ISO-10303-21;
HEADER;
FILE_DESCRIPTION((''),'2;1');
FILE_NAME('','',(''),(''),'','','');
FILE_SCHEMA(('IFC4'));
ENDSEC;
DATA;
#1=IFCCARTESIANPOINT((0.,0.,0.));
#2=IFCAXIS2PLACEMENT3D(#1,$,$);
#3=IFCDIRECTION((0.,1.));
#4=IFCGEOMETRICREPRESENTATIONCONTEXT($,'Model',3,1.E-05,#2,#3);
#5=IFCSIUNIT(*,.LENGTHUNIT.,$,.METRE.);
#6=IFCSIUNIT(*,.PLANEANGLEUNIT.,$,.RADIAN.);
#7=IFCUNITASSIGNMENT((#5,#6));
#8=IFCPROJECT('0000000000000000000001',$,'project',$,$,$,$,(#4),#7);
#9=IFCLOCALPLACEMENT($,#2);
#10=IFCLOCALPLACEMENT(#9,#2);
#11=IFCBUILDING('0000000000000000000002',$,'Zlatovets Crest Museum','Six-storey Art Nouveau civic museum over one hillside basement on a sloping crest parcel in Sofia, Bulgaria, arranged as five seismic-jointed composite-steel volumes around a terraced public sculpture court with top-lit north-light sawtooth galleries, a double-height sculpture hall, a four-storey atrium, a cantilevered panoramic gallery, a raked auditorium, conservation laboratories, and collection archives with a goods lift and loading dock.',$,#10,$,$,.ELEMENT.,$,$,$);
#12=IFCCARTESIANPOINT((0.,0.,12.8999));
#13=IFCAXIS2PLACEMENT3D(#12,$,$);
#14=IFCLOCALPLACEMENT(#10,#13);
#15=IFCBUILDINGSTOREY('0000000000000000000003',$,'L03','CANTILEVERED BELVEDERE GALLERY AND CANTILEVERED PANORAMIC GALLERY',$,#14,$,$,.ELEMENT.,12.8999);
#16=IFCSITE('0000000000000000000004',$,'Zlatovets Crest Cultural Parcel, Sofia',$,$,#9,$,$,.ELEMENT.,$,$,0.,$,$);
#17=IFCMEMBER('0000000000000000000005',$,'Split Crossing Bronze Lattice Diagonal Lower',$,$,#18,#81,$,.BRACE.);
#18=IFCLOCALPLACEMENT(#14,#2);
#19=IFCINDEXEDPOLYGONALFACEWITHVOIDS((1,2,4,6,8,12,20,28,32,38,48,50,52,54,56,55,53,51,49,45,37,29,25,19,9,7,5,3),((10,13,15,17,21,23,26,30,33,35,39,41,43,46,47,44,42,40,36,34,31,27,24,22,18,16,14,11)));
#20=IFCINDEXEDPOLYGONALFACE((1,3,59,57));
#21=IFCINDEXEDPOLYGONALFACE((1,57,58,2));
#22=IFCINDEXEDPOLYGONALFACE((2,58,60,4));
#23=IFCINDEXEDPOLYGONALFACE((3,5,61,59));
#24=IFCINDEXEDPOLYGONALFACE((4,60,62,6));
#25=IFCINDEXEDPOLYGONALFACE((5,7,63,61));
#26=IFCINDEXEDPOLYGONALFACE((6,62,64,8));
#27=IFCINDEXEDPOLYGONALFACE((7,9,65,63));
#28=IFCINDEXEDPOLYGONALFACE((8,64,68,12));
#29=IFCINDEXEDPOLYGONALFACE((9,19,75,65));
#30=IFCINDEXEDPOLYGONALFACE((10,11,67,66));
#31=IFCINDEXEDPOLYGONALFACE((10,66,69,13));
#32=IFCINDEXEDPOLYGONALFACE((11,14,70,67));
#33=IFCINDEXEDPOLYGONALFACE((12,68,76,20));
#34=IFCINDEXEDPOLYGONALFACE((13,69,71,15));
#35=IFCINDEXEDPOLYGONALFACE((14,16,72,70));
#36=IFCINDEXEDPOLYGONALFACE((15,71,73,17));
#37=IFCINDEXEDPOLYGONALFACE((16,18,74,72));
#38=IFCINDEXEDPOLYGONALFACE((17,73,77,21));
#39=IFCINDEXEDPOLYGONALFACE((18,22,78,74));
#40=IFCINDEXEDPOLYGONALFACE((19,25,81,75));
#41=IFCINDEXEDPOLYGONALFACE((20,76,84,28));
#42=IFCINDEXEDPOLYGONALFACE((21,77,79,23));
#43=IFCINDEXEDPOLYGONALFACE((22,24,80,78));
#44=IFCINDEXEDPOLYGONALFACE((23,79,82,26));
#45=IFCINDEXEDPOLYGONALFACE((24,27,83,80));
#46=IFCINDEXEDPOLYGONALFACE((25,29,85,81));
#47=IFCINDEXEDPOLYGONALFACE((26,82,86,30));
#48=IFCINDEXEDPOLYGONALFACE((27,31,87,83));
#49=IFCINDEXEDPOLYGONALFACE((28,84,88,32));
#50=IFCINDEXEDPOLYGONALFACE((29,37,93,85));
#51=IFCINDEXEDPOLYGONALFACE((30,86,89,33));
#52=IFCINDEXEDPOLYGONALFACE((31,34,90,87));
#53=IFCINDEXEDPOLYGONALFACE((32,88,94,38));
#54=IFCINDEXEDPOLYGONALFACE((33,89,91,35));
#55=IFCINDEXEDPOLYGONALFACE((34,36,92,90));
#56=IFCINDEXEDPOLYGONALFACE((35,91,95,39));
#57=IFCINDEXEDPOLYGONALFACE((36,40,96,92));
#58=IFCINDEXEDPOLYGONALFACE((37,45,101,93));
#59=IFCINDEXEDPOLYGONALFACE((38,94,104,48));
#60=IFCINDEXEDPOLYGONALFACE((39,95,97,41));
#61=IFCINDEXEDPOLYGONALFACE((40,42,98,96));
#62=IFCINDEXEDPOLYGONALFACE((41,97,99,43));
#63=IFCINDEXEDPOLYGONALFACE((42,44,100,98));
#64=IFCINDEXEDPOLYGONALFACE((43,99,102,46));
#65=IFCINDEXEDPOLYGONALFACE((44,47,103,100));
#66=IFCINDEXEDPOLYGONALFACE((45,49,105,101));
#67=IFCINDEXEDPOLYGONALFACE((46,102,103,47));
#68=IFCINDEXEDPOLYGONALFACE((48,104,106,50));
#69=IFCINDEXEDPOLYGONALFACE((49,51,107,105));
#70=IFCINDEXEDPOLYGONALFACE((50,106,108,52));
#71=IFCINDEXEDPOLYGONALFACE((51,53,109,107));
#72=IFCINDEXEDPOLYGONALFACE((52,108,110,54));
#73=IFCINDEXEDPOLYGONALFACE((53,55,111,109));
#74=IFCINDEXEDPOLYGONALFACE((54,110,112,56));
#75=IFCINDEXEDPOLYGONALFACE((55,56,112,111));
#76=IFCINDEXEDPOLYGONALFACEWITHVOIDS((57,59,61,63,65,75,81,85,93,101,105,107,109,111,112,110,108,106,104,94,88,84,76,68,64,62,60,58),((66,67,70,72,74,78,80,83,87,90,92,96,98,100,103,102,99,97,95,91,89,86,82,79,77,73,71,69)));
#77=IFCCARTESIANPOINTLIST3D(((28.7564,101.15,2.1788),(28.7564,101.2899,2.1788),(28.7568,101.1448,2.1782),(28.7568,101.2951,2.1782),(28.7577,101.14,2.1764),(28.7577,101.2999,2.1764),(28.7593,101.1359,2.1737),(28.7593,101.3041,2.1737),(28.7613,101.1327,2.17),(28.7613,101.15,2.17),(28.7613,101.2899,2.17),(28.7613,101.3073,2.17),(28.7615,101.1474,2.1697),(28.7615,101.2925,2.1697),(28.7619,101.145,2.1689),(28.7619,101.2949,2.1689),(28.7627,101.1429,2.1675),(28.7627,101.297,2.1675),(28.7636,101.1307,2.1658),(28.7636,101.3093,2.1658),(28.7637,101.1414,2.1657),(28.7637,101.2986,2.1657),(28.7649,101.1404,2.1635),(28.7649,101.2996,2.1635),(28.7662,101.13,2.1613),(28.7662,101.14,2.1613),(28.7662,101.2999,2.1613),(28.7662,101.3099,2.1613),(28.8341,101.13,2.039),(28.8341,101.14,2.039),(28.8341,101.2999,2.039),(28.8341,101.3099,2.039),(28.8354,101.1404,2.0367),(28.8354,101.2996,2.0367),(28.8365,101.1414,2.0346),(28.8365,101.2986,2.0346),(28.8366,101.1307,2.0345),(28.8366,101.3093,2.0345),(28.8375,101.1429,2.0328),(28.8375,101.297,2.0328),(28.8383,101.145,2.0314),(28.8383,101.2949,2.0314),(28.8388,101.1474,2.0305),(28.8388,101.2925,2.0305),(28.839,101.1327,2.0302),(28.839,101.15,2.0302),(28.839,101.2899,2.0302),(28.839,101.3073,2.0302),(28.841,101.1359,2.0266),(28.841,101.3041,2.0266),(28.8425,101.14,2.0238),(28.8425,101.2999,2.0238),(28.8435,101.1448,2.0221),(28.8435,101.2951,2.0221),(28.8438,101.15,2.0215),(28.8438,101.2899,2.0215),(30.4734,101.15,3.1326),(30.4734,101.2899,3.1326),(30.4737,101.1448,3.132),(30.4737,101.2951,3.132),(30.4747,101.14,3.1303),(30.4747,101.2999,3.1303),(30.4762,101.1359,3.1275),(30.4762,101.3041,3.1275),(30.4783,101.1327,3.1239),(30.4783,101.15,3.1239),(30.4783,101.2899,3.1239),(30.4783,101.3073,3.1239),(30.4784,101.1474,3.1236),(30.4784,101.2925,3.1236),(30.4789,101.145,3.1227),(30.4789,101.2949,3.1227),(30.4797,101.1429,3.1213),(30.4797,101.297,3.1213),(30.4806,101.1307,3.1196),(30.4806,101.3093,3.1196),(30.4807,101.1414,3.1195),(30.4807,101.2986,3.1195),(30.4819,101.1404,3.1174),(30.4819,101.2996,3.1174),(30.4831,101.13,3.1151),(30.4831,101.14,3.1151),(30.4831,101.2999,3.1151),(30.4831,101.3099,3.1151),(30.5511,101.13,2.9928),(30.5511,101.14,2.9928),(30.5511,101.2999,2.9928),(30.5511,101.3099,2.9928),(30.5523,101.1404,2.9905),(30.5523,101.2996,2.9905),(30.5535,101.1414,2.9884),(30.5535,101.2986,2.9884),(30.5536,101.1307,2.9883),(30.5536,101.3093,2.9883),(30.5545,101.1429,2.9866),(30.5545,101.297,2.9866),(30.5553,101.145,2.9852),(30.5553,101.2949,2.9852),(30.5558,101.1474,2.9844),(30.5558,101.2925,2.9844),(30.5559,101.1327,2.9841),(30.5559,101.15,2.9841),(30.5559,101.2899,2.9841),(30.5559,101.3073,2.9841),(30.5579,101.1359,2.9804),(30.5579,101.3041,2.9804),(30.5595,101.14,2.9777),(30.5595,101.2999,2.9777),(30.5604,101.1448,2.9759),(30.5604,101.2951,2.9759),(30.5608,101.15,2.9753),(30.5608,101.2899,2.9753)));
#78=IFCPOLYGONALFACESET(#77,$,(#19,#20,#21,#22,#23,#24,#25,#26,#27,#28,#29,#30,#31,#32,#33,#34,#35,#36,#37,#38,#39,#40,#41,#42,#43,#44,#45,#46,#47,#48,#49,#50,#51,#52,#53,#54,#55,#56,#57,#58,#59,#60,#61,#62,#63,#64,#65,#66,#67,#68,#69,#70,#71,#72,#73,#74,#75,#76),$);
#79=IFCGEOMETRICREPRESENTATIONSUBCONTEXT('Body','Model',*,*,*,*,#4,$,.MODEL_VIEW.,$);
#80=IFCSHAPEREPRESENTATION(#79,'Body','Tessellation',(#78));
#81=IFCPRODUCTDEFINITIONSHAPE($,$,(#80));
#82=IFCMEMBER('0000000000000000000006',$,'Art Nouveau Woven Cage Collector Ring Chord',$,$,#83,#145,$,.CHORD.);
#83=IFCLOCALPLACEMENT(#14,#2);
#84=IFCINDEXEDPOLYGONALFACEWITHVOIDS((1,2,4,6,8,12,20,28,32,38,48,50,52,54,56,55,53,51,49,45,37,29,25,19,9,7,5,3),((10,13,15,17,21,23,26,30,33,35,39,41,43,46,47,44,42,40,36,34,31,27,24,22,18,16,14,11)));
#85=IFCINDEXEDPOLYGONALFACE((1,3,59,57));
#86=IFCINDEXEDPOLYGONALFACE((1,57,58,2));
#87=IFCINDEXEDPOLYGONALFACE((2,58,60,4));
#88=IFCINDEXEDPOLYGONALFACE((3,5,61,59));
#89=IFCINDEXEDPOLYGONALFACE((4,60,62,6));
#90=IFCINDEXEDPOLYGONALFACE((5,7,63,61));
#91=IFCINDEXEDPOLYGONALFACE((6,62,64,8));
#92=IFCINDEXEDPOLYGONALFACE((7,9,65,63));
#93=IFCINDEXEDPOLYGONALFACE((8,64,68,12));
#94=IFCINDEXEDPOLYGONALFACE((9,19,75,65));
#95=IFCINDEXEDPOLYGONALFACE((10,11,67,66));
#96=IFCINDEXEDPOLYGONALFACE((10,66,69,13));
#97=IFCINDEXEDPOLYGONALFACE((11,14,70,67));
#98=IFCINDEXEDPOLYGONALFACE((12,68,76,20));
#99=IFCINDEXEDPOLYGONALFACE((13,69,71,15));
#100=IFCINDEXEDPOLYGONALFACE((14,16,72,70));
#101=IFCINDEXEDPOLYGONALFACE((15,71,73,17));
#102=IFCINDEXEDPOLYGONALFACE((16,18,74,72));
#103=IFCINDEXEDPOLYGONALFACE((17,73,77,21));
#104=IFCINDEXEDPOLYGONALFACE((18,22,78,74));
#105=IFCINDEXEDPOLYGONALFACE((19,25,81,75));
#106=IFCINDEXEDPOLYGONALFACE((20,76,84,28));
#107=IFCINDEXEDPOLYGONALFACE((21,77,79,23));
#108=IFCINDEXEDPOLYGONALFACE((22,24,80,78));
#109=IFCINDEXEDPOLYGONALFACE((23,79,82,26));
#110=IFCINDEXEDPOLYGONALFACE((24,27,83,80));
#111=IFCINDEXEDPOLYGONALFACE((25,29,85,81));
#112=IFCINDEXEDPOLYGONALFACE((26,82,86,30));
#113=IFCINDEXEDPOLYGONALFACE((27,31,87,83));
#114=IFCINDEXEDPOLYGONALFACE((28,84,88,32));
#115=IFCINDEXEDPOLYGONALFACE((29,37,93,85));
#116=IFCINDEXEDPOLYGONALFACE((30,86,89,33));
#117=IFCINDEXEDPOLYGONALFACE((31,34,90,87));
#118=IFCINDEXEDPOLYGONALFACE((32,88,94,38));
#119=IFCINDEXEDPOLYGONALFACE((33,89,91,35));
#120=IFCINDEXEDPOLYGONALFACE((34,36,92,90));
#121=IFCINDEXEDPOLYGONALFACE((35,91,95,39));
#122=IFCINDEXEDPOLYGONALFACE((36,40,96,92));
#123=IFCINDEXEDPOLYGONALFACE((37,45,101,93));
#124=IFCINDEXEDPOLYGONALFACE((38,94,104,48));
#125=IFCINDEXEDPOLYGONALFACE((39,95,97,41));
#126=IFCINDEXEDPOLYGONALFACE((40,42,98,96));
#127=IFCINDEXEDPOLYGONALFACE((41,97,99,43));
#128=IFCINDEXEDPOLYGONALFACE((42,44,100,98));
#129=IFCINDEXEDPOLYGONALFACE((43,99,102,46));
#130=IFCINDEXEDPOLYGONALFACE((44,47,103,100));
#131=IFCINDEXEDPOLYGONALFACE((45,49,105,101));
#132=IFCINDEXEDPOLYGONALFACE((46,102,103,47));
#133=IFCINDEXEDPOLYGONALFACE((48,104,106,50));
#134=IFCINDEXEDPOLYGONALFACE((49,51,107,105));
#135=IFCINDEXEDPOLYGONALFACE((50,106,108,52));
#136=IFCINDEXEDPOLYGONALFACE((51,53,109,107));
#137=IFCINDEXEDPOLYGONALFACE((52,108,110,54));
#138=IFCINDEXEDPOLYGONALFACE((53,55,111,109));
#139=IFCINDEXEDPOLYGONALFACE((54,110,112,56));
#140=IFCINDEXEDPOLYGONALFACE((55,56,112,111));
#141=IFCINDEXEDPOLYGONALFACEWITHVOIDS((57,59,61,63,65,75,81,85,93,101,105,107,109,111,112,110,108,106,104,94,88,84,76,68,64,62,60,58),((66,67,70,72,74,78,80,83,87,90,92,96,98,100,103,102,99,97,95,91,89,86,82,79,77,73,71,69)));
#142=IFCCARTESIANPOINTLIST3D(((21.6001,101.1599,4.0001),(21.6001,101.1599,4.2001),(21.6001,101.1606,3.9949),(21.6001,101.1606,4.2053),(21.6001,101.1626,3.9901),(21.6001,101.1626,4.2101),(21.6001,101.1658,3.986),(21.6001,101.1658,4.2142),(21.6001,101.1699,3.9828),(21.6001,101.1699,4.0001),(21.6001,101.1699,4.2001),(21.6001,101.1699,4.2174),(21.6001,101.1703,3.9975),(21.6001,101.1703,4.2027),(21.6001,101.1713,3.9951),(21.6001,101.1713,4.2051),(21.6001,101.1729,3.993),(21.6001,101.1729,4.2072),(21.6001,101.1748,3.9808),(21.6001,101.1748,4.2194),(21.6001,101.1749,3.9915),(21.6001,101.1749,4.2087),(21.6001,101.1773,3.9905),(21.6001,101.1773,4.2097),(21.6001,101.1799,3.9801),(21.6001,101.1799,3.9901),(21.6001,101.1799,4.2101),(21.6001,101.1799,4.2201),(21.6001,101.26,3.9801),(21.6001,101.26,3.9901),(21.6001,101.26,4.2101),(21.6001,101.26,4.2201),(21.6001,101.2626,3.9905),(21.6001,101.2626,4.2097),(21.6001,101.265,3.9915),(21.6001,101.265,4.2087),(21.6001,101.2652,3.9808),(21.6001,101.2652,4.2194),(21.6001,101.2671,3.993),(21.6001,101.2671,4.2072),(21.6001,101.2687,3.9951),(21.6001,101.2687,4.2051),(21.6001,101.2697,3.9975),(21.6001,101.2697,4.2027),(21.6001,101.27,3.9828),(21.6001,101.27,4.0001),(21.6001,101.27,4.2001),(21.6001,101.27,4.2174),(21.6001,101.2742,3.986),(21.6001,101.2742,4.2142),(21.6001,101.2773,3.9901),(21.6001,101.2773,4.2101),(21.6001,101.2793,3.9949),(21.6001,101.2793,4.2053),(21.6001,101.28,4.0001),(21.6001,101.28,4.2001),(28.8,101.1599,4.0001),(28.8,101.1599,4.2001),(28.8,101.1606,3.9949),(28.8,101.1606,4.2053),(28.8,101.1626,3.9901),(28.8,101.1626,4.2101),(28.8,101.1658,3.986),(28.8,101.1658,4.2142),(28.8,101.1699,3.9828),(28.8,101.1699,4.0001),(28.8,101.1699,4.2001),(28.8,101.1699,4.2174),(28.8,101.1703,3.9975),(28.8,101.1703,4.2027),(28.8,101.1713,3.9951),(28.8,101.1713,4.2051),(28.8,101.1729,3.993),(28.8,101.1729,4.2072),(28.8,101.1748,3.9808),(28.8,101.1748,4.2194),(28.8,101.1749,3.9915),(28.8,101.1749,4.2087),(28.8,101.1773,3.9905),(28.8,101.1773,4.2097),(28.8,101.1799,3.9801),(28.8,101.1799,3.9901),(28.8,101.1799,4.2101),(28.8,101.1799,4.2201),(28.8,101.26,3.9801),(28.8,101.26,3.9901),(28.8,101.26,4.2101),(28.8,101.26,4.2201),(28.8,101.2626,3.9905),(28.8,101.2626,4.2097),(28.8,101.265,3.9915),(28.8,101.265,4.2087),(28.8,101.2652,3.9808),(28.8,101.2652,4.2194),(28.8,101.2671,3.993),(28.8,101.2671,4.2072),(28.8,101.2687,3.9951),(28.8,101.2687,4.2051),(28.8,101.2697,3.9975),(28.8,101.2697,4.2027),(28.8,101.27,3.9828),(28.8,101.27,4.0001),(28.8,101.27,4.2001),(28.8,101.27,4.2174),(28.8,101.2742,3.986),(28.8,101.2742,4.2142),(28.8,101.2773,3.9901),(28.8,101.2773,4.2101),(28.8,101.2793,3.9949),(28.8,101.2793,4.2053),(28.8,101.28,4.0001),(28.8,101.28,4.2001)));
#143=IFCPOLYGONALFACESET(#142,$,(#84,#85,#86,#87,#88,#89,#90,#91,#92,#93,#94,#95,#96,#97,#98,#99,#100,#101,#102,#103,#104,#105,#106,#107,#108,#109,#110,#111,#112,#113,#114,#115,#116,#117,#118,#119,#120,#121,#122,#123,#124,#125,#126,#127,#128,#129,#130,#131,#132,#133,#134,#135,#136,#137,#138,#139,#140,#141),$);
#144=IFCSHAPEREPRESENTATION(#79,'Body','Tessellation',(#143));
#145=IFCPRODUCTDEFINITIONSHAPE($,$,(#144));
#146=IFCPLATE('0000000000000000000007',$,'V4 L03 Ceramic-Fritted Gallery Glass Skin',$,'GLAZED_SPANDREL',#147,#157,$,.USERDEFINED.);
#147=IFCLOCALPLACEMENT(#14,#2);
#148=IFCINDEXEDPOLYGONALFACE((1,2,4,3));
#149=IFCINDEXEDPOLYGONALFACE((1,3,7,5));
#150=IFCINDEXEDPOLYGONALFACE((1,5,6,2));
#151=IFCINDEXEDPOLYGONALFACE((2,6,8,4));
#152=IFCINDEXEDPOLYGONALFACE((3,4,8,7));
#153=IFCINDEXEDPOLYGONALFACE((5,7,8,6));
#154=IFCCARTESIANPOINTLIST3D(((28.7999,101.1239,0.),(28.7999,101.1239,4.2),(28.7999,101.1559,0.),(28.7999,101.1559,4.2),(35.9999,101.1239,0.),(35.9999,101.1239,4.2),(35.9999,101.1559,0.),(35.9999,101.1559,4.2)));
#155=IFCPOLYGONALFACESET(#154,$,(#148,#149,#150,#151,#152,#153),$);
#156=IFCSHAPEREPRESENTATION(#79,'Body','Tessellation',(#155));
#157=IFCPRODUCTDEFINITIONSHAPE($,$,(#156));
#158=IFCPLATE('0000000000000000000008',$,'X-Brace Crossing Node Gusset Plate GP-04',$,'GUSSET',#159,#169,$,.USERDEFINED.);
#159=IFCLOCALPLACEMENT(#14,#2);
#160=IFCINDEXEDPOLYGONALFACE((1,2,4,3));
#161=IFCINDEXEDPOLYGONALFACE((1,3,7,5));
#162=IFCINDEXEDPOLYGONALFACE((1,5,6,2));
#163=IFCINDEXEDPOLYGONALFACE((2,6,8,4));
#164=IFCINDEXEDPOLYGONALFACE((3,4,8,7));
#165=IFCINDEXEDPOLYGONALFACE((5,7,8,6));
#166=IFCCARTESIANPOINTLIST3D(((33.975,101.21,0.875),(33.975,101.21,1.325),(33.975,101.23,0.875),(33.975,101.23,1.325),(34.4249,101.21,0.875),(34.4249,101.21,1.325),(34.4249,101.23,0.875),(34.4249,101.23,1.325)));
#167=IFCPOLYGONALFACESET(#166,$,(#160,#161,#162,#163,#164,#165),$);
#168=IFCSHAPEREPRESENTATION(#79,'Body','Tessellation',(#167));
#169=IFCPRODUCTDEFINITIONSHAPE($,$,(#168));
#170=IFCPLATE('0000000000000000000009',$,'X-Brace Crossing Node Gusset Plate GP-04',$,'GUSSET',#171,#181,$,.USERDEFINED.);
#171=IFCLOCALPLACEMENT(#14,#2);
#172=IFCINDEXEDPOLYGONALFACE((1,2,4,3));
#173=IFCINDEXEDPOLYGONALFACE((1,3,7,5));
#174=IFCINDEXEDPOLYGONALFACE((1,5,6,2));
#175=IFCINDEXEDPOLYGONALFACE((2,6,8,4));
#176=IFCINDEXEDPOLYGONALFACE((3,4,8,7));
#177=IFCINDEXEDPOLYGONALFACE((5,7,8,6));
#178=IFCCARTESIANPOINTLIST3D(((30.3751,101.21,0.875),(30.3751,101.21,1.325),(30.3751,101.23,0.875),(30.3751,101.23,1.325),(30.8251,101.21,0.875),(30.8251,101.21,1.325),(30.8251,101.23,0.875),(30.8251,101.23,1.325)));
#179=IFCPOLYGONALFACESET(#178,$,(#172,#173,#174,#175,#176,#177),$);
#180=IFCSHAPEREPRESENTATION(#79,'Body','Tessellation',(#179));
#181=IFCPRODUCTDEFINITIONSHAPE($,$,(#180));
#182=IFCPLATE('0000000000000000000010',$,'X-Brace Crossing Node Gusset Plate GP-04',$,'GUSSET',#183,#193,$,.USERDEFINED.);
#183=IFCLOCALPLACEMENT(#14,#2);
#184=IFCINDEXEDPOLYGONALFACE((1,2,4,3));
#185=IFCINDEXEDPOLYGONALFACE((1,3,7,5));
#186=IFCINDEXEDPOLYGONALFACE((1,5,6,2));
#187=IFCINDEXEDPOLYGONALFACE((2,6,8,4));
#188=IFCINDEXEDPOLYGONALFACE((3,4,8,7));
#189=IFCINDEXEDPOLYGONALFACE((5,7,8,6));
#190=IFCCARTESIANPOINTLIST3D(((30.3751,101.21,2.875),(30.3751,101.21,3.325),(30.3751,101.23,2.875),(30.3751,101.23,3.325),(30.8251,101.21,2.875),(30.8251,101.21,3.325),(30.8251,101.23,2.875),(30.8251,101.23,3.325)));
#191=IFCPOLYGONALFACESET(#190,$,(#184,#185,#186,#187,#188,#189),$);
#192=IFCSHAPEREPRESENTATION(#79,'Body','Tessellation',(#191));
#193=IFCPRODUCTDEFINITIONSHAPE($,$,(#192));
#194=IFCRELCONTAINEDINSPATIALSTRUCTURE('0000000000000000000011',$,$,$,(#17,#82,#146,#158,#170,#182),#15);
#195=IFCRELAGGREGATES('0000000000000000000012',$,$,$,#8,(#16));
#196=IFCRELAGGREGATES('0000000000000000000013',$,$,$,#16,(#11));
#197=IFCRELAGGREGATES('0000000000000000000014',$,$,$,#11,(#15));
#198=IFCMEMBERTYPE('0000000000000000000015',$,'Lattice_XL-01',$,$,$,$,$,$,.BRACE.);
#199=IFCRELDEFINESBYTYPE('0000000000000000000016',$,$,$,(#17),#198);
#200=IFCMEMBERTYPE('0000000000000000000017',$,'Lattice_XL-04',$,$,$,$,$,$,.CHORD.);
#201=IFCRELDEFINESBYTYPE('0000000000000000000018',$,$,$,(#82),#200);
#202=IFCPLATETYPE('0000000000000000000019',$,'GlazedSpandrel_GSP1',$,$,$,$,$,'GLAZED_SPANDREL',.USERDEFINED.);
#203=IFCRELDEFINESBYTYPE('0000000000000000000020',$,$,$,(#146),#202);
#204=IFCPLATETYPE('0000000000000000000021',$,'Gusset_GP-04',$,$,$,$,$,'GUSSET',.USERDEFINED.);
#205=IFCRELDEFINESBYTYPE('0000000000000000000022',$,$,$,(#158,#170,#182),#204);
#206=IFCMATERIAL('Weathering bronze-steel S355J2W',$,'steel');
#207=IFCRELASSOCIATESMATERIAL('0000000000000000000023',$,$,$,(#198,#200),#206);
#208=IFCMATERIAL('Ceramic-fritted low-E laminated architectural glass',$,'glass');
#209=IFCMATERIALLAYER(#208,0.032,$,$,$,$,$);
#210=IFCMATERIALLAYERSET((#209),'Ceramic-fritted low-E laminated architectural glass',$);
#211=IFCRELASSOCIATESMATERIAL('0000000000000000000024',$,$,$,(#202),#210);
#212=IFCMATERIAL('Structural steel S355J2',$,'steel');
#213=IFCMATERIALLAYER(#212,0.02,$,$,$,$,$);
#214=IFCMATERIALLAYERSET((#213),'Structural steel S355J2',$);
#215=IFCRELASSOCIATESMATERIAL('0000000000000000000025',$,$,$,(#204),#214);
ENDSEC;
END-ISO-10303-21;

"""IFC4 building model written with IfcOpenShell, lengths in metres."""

from ifc_helpers import new_model, si_unit, direction, frame, origin, origin_2d, place, context, subcontext, project, spatial, rectangle, hollow_rectangle, extrude, material, layer, layer_set, material_profile, profile_set, type_object, element, save


model = new_model("IFC4")

# Units and contexts
model_context = context("Model", 3, precision=1e-05, world=origin(), true_north=direction((0.0, 1.0)))
body_context = subcontext(model_context, "Body", "Model", "MODEL_VIEW")
ifc_project = project(units=[si_unit("LENGTHUNIT", "METRE"), si_unit("PLANEANGLEUNIT", "RADIAN")], contexts=[model_context])

# Site, building, storey
site_placement = place(None, origin())
site = spatial("IfcSite", under=ifc_project, at=site_placement, Name="Zlatovets Crest Cultural Parcel, Sofia", CompositionType="ELEMENT", RefElevation=0.0)
building_placement = place(site_placement, origin())
building = spatial("IfcBuilding", under=site, at=building_placement, Name="Zlatovets Crest Museum", Description="Six-storey Art Nouveau civic museum over one hillside basement on a sloping crest parcel in Sofia, Bulgaria, arranged as five seismic-jointed composite-steel volumes around a terraced public sculpture court with top-lit north-light sawtooth galleries, a double-height sculpture hall, a four-storey atrium, a cantilevered panoramic gallery, a raked auditorium, conservation laboratories, and collection archives with a goods lift and loading dock.", CompositionType="ELEMENT")
storey_placement = place(building_placement, frame((0.0, 0.0, 12.8999)))
storey = spatial("IfcBuildingStorey", under=building, at=storey_placement, Name="L03", Description="CANTILEVERED BELVEDERE GALLERY AND CANTILEVERED PANORAMIC GALLERY", CompositionType="ELEMENT", Elevation=12.8999)

# Shared definitions
ifc_material_1 = material(Name="Structural steel S355J2", Category="steel")

# Members
ifc_material_2 = material(Name="Weathering bronze-steel S355J2W", Category="steel")
ifc_material_profile_1 = material_profile(ifc_material_2, hollow_rectangle(XDim=0.1799, YDim=0.1799, WallThickness=0.01, InnerFilletRadius=0.01, OuterFilletRadius=0.02, at=origin_2d()), Name="SHS 180x180x10.0")
ifc_profile_set_1 = profile_set([ifc_material_profile_1], Name="Weathering bronze-steel S355J2W")
member_type_1 = type_object("IfcMemberType", Name="Lattice_XL-01", PredefinedType="BRACE", material=ifc_profile_set_1)
member_1_placement = place(storey_placement, frame((30.5171, 101.22, 3.054), z_axis=(-0.874169, 0.0, -0.485622), x_axis=(0.0, -1.0, 0.0)))
element("IfcMember", 1, at=member_1_placement, inside=storey, type_object=member_type_1, Name="Split Crossing Bronze Lattice Diagonal Lower", PredefinedType="BRACE", context=body_context, shape_type="SweptSolid", body=[
    extrude(hollow_rectangle(XDim=0.1799, YDim=0.1799, WallThickness=0.01, InnerFilletRadius=0.01, OuterFilletRadius=0.02, at=origin_2d()), origin(), (0.0, 0.0, 1.0), 1.9641),
])
ifc_material_profile_2 = material_profile(ifc_material_2, hollow_rectangle(XDim=0.1201, YDim=0.24, WallThickness=0.01, InnerFilletRadius=0.01, OuterFilletRadius=0.02, at=origin_2d()), Name="RHS 120x240x10.0")
ifc_profile_set_2 = profile_set([ifc_material_profile_2], Name="Weathering bronze-steel S355J2W")
member_type_2 = type_object("IfcMemberType", Name="Lattice_XL-04", PredefinedType="CHORD", material=ifc_profile_set_2)
member_2_placement = place(storey_placement, frame((28.8, 101.22, 4.1001), z_axis=(-1.0, 0.0, 0.0), x_axis=(0.0, -1.0, 0.0)))
element("IfcMember", 2, at=member_2_placement, inside=storey, type_object=member_type_2, Name="Art Nouveau Woven Cage Collector Ring Chord", PredefinedType="CHORD", context=body_context, shape_type="SweptSolid", body=[
    extrude(hollow_rectangle(XDim=0.1201, YDim=0.24, WallThickness=0.01, InnerFilletRadius=0.01, OuterFilletRadius=0.02, at=origin_2d()), origin(), (0.0, 0.0, 1.0), 7.2),
])

# Plates
ifc_material_3 = material(Name="Ceramic-fritted low-E laminated architectural glass", Category="glass")
ifc_layer_1 = layer(ifc_material_3, 0.032)
ifc_layer_set_1 = layer_set([ifc_layer_1], Name="Ceramic-fritted low-E laminated architectural glass")
plate_type_1 = type_object("IfcPlateType", Name="GlazedSpandrel_GSP1", ElementType="GLAZED_SPANDREL", PredefinedType="USERDEFINED", material=ifc_layer_set_1)
plate_placement = place(storey_placement, frame((32.3999, 101.1399, 0.0), z_axis=(0.0, 0.0, 1.0), x_axis=(1.0, 0.0, 0.0)))
element("IfcPlate", 3, at=plate_placement, inside=storey, type_object=plate_type_1, Name="V4 L03 Ceramic-Fritted Gallery Glass Skin", ObjectType="GLAZED_SPANDREL", PredefinedType="USERDEFINED", context=body_context, shape_type="SweptSolid", body=[
    extrude(rectangle(XDim=7.2, YDim=0.032, at=origin_2d()), origin(), (0.0, 0.0, 1.0), 4.2),
])
ifc_layer_2 = layer(ifc_material_1, 0.02)
ifc_layer_set_2 = layer_set([ifc_layer_2], Name="Structural steel S355J2")
plate_type_2 = type_object("IfcPlateType", Name="Gusset_GP-04", ElementType="GUSSET", PredefinedType="USERDEFINED", material=ifc_layer_set_2)
for number, where, z_axis, x_axis, name in (
    (4, (34.2, 101.22, 0.875), (0.0, 0.0, 1.0), (1.0, 0.0, 0.0), "X-Brace Crossing Node Gusset Plate GP-04"),
    (5, (30.6001, 101.22, 0.875), (0.0, 0.0, 1.0), (1.0, 0.0, 0.0), "X-Brace Crossing Node Gusset Plate GP-04"),
    (6, (30.6001, 101.22, 2.875), (0.0, 0.0, 1.0), (1.0, 0.0, 0.0), "X-Brace Crossing Node Gusset Plate GP-04"),
):
    element("IfcPlate", number, at=place(storey_placement, frame(where, z_axis=z_axis, x_axis=x_axis)), inside=storey, type_object=plate_type_2, Name=name, ObjectType="GUSSET", PredefinedType="USERDEFINED", context=body_context, shape_type="SweptSolid", body=[
        extrude(rectangle(XDim=0.45, YDim=0.02, at=origin_2d()), origin(), (0.0, 0.0, 1.0), 0.45),
    ])

save(model, "model.ifc")
